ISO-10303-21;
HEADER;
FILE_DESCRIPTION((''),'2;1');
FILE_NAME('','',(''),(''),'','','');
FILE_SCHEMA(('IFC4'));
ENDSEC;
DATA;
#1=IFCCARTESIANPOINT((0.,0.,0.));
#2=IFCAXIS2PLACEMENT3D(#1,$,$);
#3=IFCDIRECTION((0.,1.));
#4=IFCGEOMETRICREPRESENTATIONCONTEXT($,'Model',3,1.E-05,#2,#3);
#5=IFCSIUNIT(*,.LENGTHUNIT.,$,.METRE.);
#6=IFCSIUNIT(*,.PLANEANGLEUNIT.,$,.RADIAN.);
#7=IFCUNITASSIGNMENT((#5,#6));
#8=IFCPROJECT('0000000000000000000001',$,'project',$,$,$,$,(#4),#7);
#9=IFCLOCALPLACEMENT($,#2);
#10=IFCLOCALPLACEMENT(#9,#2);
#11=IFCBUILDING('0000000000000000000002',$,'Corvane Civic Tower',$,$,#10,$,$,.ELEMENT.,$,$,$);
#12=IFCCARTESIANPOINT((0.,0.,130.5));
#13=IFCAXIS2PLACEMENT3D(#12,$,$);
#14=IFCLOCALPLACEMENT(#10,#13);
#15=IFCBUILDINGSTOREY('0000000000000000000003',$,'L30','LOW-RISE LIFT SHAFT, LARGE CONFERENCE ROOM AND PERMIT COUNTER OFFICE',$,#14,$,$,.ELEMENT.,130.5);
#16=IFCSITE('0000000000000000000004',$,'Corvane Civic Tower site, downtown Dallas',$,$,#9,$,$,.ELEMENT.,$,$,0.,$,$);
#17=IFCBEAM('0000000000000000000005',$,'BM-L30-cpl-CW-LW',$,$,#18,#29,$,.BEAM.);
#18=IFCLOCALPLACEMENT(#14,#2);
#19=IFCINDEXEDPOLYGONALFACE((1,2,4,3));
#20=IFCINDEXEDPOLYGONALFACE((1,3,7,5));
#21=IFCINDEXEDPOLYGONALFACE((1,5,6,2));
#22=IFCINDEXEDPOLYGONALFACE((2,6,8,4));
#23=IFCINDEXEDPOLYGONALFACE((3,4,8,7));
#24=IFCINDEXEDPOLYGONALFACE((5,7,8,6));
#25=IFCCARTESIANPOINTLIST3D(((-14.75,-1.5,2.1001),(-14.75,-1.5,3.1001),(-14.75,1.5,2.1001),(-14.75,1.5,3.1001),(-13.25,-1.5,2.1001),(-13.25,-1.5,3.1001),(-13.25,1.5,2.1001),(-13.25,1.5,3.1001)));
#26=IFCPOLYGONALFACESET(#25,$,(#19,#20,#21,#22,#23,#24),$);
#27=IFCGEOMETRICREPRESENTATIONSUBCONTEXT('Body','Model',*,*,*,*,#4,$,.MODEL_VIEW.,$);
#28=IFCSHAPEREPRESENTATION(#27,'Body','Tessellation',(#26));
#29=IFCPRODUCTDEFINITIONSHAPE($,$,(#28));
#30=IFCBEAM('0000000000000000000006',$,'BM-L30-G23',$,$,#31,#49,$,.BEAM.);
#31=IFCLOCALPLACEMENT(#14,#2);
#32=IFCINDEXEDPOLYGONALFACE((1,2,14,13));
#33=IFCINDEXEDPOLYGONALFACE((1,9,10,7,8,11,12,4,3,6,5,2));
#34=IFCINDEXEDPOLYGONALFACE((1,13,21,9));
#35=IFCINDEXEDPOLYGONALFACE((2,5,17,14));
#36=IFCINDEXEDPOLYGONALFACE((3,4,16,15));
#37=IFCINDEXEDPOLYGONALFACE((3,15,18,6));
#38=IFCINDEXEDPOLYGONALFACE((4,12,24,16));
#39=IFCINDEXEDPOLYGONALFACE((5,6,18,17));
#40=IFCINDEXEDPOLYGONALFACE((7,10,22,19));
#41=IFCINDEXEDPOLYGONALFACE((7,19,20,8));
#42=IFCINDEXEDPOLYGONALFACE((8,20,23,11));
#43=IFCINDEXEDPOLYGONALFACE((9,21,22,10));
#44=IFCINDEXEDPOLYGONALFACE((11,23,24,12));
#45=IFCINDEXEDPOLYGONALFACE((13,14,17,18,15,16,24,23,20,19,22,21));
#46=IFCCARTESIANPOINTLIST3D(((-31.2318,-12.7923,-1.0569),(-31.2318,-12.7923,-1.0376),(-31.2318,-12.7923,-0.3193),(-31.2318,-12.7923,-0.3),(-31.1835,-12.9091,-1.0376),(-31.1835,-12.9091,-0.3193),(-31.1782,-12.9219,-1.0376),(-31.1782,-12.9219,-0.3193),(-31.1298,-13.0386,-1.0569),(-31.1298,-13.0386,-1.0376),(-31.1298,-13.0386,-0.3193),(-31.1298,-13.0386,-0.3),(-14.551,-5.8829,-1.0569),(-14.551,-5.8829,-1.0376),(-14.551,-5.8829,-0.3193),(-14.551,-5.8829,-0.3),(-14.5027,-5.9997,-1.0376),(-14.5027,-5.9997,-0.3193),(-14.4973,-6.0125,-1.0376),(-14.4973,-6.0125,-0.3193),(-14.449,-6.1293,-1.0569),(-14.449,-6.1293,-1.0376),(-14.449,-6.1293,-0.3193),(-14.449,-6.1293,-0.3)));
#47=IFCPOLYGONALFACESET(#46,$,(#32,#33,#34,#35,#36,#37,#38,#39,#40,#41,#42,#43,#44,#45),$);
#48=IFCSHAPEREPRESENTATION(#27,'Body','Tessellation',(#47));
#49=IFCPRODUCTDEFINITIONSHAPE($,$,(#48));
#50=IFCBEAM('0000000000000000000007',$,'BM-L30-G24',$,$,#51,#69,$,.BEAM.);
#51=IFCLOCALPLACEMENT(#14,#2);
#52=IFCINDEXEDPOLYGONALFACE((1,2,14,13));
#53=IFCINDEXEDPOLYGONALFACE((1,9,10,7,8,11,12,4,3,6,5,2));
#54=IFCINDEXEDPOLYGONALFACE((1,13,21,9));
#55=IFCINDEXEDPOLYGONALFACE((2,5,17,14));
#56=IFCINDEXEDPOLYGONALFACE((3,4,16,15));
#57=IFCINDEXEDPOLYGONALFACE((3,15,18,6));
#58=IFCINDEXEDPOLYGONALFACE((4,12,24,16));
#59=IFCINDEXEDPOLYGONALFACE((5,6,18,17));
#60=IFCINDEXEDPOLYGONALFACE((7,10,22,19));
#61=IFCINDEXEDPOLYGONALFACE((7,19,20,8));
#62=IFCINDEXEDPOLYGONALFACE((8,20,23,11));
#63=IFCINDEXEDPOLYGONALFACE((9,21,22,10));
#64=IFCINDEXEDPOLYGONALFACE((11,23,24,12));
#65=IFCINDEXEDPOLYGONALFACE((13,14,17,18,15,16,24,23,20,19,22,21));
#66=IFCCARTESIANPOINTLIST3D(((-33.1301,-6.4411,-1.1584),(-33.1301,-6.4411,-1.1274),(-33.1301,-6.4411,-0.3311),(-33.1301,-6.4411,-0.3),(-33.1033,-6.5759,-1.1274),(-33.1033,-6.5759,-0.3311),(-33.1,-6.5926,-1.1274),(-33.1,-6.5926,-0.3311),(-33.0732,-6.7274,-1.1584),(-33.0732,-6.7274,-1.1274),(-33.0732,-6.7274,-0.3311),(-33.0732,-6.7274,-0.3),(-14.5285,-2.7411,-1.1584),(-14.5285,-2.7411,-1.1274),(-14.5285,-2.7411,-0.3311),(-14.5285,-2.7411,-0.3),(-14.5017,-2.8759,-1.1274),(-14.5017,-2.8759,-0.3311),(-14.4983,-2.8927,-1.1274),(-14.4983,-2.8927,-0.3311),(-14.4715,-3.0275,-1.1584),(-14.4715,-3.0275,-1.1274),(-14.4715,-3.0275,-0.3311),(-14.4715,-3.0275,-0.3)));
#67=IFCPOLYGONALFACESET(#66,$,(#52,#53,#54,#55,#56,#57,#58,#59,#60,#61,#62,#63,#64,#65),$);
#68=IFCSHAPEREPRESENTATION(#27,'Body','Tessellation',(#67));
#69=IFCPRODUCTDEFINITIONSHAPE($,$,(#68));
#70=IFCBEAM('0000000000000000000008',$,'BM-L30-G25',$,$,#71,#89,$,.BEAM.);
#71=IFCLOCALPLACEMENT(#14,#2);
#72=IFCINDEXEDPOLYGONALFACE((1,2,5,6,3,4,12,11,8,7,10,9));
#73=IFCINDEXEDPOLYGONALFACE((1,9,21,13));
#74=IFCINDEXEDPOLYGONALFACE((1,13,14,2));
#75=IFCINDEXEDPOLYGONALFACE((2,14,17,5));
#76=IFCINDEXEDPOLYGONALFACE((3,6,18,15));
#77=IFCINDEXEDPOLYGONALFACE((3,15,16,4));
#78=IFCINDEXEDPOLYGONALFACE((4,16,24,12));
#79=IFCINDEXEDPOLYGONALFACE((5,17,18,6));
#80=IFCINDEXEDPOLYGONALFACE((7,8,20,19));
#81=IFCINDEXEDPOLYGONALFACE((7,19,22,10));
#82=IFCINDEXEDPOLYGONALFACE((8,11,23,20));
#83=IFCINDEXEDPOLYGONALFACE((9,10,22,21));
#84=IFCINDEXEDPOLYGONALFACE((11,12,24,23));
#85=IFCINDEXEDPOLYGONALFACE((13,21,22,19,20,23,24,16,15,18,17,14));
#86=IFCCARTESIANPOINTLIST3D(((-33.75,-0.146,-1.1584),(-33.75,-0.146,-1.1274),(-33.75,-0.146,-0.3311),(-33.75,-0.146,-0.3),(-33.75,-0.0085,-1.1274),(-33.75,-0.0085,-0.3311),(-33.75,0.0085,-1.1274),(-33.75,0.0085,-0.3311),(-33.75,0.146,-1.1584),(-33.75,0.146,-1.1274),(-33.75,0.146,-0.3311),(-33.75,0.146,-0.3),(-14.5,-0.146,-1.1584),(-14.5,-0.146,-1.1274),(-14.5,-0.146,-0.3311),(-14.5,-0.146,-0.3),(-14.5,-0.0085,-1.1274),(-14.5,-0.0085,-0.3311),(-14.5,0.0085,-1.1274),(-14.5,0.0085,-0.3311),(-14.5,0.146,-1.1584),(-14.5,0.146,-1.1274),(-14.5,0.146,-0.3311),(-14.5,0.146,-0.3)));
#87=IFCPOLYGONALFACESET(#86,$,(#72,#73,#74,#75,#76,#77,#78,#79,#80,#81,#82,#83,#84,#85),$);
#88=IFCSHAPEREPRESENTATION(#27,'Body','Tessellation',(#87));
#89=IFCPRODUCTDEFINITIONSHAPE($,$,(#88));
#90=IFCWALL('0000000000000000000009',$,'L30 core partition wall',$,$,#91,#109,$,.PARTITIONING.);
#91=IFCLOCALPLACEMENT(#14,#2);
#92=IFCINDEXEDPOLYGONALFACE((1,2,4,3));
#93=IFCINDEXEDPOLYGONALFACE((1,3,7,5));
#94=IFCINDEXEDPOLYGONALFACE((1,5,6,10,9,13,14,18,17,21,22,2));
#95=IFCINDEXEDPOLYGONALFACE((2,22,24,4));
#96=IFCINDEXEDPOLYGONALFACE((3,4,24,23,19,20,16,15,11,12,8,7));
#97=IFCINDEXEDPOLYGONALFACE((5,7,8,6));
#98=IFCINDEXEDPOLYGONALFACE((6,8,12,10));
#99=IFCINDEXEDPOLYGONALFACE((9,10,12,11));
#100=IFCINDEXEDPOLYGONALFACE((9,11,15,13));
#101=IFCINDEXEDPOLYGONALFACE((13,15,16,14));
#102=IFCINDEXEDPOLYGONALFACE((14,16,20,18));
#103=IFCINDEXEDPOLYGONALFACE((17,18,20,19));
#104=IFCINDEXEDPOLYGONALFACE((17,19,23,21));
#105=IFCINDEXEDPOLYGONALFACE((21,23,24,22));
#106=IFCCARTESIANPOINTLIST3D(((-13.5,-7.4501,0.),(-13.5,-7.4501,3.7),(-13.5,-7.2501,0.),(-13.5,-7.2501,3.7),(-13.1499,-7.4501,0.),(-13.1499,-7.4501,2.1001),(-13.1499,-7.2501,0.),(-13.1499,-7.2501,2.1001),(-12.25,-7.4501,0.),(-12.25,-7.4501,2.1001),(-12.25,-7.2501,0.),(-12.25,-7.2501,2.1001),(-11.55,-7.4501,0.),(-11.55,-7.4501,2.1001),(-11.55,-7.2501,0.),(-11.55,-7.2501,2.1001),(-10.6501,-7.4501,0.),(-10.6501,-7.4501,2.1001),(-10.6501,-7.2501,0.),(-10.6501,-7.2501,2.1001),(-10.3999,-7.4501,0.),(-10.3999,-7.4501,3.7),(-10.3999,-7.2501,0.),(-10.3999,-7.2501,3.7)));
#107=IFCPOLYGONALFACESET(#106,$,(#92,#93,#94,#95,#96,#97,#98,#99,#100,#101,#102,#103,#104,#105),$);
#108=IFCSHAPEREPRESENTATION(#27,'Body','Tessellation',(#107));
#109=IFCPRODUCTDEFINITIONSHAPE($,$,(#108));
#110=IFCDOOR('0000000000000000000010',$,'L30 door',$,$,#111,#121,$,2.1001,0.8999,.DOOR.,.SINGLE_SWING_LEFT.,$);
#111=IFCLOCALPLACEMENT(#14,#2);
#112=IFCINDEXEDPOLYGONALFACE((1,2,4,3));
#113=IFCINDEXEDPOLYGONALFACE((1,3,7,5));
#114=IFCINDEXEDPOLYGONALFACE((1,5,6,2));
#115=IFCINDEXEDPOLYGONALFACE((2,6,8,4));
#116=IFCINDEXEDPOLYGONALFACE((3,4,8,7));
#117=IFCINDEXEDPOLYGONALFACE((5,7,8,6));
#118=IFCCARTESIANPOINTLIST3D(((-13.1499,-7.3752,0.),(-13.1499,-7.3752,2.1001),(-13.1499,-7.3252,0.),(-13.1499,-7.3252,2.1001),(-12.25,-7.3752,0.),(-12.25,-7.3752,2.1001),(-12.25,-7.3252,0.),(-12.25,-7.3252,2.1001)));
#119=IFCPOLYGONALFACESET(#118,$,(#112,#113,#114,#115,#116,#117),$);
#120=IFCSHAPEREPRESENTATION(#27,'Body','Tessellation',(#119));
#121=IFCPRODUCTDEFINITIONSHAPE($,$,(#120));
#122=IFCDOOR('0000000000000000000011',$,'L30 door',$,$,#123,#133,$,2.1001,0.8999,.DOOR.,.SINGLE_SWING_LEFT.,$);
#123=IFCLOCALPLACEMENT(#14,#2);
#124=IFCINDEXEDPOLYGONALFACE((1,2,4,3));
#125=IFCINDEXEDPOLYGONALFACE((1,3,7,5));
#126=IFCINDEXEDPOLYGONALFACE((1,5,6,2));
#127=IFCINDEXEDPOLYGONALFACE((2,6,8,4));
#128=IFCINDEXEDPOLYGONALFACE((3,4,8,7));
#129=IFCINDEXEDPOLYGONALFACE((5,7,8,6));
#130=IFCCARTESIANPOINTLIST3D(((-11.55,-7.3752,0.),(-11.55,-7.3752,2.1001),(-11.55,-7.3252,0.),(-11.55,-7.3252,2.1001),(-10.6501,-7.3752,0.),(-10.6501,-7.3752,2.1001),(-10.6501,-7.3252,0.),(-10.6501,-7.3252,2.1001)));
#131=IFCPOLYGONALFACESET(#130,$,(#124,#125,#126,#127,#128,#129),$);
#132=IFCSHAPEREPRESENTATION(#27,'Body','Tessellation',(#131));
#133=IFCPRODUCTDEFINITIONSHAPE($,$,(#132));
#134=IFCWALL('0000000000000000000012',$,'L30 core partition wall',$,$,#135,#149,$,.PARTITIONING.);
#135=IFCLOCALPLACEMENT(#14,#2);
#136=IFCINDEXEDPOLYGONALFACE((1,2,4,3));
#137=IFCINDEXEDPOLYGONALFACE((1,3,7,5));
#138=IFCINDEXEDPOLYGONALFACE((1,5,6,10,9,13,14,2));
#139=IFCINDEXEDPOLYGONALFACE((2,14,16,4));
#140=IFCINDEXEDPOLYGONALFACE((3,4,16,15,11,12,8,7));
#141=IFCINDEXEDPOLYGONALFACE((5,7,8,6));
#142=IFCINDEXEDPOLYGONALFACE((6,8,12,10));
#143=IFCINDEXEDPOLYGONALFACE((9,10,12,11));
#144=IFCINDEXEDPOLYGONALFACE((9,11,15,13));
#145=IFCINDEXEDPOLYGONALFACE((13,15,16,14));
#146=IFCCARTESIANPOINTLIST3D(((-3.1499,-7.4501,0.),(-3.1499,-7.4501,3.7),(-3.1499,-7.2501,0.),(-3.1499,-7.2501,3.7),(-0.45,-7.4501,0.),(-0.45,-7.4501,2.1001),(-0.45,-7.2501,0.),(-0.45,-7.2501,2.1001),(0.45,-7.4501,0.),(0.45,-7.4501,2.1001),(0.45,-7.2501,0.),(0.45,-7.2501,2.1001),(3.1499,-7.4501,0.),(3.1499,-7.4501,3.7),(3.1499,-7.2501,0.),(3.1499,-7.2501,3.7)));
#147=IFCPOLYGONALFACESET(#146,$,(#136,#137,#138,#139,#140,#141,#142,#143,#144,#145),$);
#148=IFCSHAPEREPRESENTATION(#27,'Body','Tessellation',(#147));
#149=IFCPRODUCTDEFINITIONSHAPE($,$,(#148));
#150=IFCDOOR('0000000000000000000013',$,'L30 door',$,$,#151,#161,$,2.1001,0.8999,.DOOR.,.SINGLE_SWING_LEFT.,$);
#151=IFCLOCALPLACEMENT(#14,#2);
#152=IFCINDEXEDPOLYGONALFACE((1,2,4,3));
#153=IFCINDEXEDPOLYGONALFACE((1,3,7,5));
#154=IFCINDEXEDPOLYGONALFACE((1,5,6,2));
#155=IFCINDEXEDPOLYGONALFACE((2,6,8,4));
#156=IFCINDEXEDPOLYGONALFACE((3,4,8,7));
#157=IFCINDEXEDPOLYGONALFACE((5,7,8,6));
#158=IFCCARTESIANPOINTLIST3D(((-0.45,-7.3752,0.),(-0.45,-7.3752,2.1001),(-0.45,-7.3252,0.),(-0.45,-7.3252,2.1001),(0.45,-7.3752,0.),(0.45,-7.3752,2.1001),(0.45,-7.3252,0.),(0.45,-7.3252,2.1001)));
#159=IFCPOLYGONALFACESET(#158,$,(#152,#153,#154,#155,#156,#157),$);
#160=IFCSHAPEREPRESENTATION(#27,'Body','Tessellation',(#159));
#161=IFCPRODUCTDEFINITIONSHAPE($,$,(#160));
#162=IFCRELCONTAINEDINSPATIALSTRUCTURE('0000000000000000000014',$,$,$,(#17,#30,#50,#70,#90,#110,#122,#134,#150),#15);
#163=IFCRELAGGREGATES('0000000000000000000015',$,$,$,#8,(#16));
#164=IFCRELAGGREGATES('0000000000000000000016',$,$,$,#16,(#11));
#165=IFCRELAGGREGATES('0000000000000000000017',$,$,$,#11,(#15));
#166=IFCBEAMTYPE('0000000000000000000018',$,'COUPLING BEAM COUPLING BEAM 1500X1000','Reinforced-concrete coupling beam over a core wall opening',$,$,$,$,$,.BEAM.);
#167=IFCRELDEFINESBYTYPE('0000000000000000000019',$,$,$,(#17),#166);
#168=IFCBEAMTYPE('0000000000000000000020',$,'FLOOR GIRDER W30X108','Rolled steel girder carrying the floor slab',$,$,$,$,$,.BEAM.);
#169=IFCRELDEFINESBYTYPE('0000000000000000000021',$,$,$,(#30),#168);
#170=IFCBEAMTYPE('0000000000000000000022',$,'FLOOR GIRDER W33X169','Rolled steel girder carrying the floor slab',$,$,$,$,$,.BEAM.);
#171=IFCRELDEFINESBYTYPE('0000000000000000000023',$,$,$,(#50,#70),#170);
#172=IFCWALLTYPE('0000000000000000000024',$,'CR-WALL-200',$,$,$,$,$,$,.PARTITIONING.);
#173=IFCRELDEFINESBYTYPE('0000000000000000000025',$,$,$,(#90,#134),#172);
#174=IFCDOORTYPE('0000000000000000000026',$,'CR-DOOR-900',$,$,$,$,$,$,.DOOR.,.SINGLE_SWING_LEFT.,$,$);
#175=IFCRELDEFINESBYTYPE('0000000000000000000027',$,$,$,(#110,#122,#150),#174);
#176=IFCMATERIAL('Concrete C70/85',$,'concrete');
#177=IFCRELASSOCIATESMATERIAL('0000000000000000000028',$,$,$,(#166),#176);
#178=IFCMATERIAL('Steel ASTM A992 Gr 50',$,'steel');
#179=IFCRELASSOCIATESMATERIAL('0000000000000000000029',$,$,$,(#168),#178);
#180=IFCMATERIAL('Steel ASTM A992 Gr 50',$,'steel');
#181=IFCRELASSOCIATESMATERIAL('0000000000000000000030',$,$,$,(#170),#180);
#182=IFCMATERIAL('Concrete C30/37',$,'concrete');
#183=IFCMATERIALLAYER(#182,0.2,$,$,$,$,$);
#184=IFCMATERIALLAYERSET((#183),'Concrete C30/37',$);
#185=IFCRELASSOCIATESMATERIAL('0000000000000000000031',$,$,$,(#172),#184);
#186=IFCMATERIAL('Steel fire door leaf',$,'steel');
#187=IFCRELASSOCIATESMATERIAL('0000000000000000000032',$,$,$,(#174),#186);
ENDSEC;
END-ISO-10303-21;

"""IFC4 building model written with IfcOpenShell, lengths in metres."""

from ifc_helpers import new_model, si_unit, direction, frame, frame_2d, origin, origin_2d, place, context, subcontext, project, spatial, rectangle, i_section, extrude, material, layer, layer_set, material_profile, profile_set, type_object, element, fill, save


model = new_model("IFC4")

# Units and contexts
model_context = context("Model", 3, precision=1e-05, world=origin(), true_north=direction((0.0, 1.0)))
body_context = subcontext(model_context, "Body", "Model", "MODEL_VIEW")
ifc_project = project(units=[si_unit("LENGTHUNIT", "METRE"), si_unit("PLANEANGLEUNIT", "RADIAN")], contexts=[model_context])

# Site, building, storey
site_placement = place(None, origin())
site = spatial("IfcSite", under=ifc_project, at=site_placement, Name="Corvane Civic Tower site, downtown Dallas", CompositionType="ELEMENT", RefElevation=0.0)
building_placement = place(site_placement, origin())
building = spatial("IfcBuilding", under=site, at=building_placement, Name="Corvane Civic Tower", CompositionType="ELEMENT")
storey_placement = place(building_placement, frame((0.0, 0.0, 130.5)))
storey = spatial("IfcBuildingStorey", under=building, at=storey_placement, Name="L30", Description="LOW-RISE LIFT SHAFT, LARGE CONFERENCE ROOM AND PERMIT COUNTER OFFICE", CompositionType="ELEMENT", Elevation=130.5)

# Beams
ifc_material_1 = material(Name="Concrete C70/85", Category="concrete")
ifc_material_profile_1 = material_profile(ifc_material_1, rectangle(XDim=1.5, YDim=1.0, at=origin_2d()), Name="COUPLING BEAM 1500X1000")
ifc_profile_set_1 = profile_set([ifc_material_profile_1], Name="Concrete C70/85")
beam_type_1 = type_object("IfcBeamType", Name="COUPLING BEAM COUPLING BEAM 1500X1000", Description="Reinforced-concrete coupling beam over a core wall opening", PredefinedType="BEAM", material=ifc_profile_set_1)
beam_1_placement = place(storey_placement, frame((-14.0, -1.5, 2.6001), z_axis=(0.0, 1.0, 0.0), x_axis=(-1.0, 0.0, 0.0)))
element("IfcBeam", 1, at=beam_1_placement, inside=storey, type_object=beam_type_1, Name="BM-L30-cpl-CW-LW", PredefinedType="BEAM", context=body_context, shape_type="SweptSolid", body=[
    extrude(rectangle(XDim=1.5, YDim=1.0, at=origin_2d()), origin(), (0.0, 0.0, 1.0), 3.0),
])
ifc_material_2 = material(Name="Steel ASTM A992 Gr 50", Category="steel")
ifc_material_profile_2 = material_profile(ifc_material_2, i_section(OverallWidth=0.2666, OverallDepth=0.7568, WebThickness=0.0139, FlangeThickness=0.0193, at=origin_2d()), Name="W30X108")
ifc_profile_set_2 = profile_set([ifc_material_profile_2], Name="Steel ASTM A992 Gr 50")
beam_type_2 = type_object("IfcBeamType", Name="FLOOR GIRDER W30X108", Description="Rolled steel girder carrying the floor slab", PredefinedType="BEAM", material=ifc_profile_set_2)
beam_2_placement = place(storey_placement, frame((-14.5, -6.0061, -0.6785), z_axis=(-0.92388, -0.382682, 0.0), x_axis=(0.382682, -0.92388, 0.0)))
element("IfcBeam", 2, at=beam_2_placement, inside=storey, type_object=beam_type_2, Name="BM-L30-G23", PredefinedType="BEAM", context=body_context, shape_type="SweptSolid", body=[
    extrude(i_section(OverallWidth=0.2666, OverallDepth=0.7568, WebThickness=0.0139, FlangeThickness=0.0193, at=origin_2d()), origin(), (0.0, 0.0, 1.0), 18.0552),
])
ifc_material_3 = material(Name="Steel ASTM A992 Gr 50", Category="steel")
ifc_material_profile_3 = material_profile(ifc_material_3, i_section(OverallWidth=0.292, OverallDepth=0.8584, WebThickness=0.0171, FlangeThickness=0.031, at=origin_2d()), Name="W33X169")
ifc_profile_set_3 = profile_set([ifc_material_profile_3], Name="Steel ASTM A992 Gr 50")
beam_type_3 = type_object("IfcBeamType", Name="FLOOR GIRDER W33X169", Description="Rolled steel girder carrying the floor slab", PredefinedType="BEAM", material=ifc_profile_set_3)
beam_3_placement = place(storey_placement, frame((-14.5, -2.8843, -0.7292), z_axis=(-0.980787, -0.195084, 0.0), x_axis=(0.195084, -0.980787, 0.0)))
element("IfcBeam", 3, at=beam_3_placement, inside=storey, type_object=beam_type_3, Name="BM-L30-G24", PredefinedType="BEAM", context=body_context, shape_type="SweptSolid", body=[
    extrude(i_section(OverallWidth=0.292, OverallDepth=0.8584, WebThickness=0.0171, FlangeThickness=0.031, at=origin_2d()), origin(), (0.0, 0.0, 1.0), 18.9661),
])
beam_4_placement = place(storey_placement, frame((-14.5, 0.0, -0.7292), z_axis=(-1.0, 0.0, 0.0), x_axis=(0.0, -1.0, 0.0)))
element("IfcBeam", 4, at=beam_4_placement, inside=storey, type_object=beam_type_3, Name="BM-L30-G25", PredefinedType="BEAM", context=body_context, shape_type="SweptSolid", body=[
    extrude(i_section(OverallWidth=0.292, OverallDepth=0.8584, WebThickness=0.0171, FlangeThickness=0.031, at=origin_2d()), origin(), (0.0, 0.0, 1.0), 19.25),
])

# Wall, openings, doors
ifc_material_4 = material(Name="Concrete C30/37", Category="concrete")
ifc_layer_1 = layer(ifc_material_4, 0.2)
ifc_layer_set_1 = layer_set([ifc_layer_1], Name="Concrete C30/37")
wall_type_1 = type_object("IfcWallType", Name="CR-WALL-200", PredefinedType="PARTITIONING", material=ifc_layer_set_1)
wall_1_placement = place(storey_placement, frame((-13.5, -7.3501, 0.0), z_axis=(0.0, 0.0, 1.0), x_axis=(1.0, 0.0, 0.0)))
wall_1 = element("IfcWall", 5, at=wall_1_placement, inside=storey, type_object=wall_type_1, Name="L30 core partition wall", PredefinedType="PARTITIONING", context=body_context, shape_type="SweptSolid", body=[
    extrude(rectangle(XDim=3.1001, YDim=0.2, at=frame_2d((1.55, 0.0))), origin(), (0.0, 0.0, 1.0), 3.7),
])
opening_1_placement = place(wall_1_placement, frame((0.3501, 0.0, 0.0)))
opening_1 = element("IfcOpeningElement", 6, at=opening_1_placement, cuts=wall_1, PredefinedType="OPENING", context=body_context, shape_type="SweptSolid", body=[
    extrude(rectangle(XDim=0.8999, YDim=2.1001, at=frame_2d((0.45, 1.05))), frame((0.0, 0.1099, 0.0), z_axis=(0.0, -1.0, 0.0), x_axis=(1.0, 0.0, 0.0)), (0.0, 0.0, 1.0), 0.22),
])
opening_2_placement = place(wall_1_placement, frame((1.95, 0.0, 0.0)))
opening_2 = element("IfcOpeningElement", 7, at=opening_2_placement, cuts=wall_1, PredefinedType="OPENING", context=body_context, shape_type="SweptSolid", body=[
    extrude(rectangle(XDim=0.8999, YDim=2.1001, at=frame_2d((0.45, 1.05))), frame((0.0, 0.1099, 0.0), z_axis=(0.0, -1.0, 0.0), x_axis=(1.0, 0.0, 0.0)), (0.0, 0.0, 1.0), 0.22),
])
ifc_material_5 = material(Name="Steel fire door leaf", Category="steel")
door_type_1 = type_object("IfcDoorType", Name="CR-DOOR-900", OperationType="SINGLE_SWING_LEFT", PredefinedType="DOOR", material=ifc_material_5)
door_1_placement = place(opening_1_placement, origin())
door_1 = element("IfcDoor", 8, at=door_1_placement, inside=storey, type_object=door_type_1, Name="L30 door", OperationType="SINGLE_SWING_LEFT", OverallHeight=2.1001, OverallWidth=0.8999, PredefinedType="DOOR", context=body_context, shape_type="SweptSolid", body=[
    extrude(rectangle(XDim=0.8999, YDim=2.1001, at=frame_2d((0.45, 1.05))), frame((0.0, 0.0249, 0.0), z_axis=(0.0, -1.0, 0.0), x_axis=(1.0, 0.0, 0.0)), (0.0, 0.0, 1.0), 0.05),
])
fill(opening_1, door_1)
door_2_placement = place(opening_2_placement, origin())
door_2 = element("IfcDoor", 9, at=door_2_placement, inside=storey, type_object=door_type_1, Name="L30 door", OperationType="SINGLE_SWING_LEFT", OverallHeight=2.1001, OverallWidth=0.8999, PredefinedType="DOOR", context=body_context, shape_type="SweptSolid", body=[
    extrude(rectangle(XDim=0.8999, YDim=2.1001, at=frame_2d((0.45, 1.05))), frame((0.0, 0.0249, 0.0), z_axis=(0.0, -1.0, 0.0), x_axis=(1.0, 0.0, 0.0)), (0.0, 0.0, 1.0), 0.05),
])
fill(opening_2, door_2)

# Wall, opening, door
wall_2_placement = place(storey_placement, frame((-3.1499, -7.3501, 0.0), z_axis=(0.0, 0.0, 1.0), x_axis=(1.0, 0.0, 0.0)))
wall_2 = element("IfcWall", 10, at=wall_2_placement, inside=storey, type_object=wall_type_1, Name="L30 core partition wall", PredefinedType="PARTITIONING", context=body_context, shape_type="SweptSolid", body=[
    extrude(rectangle(XDim=6.2998, YDim=0.2, at=frame_2d((3.1499, 0.0))), origin(), (0.0, 0.0, 1.0), 3.7),
])
opening_3_placement = place(wall_2_placement, frame((2.7, 0.0, 0.0)))
opening_3 = element("IfcOpeningElement", 11, at=opening_3_placement, cuts=wall_2, PredefinedType="OPENING", context=body_context, shape_type="SweptSolid", body=[
    extrude(rectangle(XDim=0.8999, YDim=2.1001, at=frame_2d((0.45, 1.05))), frame((0.0, 0.1099, 0.0), z_axis=(0.0, -1.0, 0.0), x_axis=(1.0, 0.0, 0.0)), (0.0, 0.0, 1.0), 0.22),
])
door_3_placement = place(opening_3_placement, origin())
door_3 = element("IfcDoor", 12, at=door_3_placement, inside=storey, type_object=door_type_1, Name="L30 door", OperationType="SINGLE_SWING_LEFT", OverallHeight=2.1001, OverallWidth=0.8999, PredefinedType="DOOR", context=body_context, shape_type="SweptSolid", body=[
    extrude(rectangle(XDim=0.8999, YDim=2.1001, at=frame_2d((0.45, 1.05))), frame((0.0, 0.0249, 0.0), z_axis=(0.0, -1.0, 0.0), x_axis=(1.0, 0.0, 0.0)), (0.0, 0.0, 1.0), 0.05),
])
fill(opening_3, door_3)

save(model, "model.ifc")
